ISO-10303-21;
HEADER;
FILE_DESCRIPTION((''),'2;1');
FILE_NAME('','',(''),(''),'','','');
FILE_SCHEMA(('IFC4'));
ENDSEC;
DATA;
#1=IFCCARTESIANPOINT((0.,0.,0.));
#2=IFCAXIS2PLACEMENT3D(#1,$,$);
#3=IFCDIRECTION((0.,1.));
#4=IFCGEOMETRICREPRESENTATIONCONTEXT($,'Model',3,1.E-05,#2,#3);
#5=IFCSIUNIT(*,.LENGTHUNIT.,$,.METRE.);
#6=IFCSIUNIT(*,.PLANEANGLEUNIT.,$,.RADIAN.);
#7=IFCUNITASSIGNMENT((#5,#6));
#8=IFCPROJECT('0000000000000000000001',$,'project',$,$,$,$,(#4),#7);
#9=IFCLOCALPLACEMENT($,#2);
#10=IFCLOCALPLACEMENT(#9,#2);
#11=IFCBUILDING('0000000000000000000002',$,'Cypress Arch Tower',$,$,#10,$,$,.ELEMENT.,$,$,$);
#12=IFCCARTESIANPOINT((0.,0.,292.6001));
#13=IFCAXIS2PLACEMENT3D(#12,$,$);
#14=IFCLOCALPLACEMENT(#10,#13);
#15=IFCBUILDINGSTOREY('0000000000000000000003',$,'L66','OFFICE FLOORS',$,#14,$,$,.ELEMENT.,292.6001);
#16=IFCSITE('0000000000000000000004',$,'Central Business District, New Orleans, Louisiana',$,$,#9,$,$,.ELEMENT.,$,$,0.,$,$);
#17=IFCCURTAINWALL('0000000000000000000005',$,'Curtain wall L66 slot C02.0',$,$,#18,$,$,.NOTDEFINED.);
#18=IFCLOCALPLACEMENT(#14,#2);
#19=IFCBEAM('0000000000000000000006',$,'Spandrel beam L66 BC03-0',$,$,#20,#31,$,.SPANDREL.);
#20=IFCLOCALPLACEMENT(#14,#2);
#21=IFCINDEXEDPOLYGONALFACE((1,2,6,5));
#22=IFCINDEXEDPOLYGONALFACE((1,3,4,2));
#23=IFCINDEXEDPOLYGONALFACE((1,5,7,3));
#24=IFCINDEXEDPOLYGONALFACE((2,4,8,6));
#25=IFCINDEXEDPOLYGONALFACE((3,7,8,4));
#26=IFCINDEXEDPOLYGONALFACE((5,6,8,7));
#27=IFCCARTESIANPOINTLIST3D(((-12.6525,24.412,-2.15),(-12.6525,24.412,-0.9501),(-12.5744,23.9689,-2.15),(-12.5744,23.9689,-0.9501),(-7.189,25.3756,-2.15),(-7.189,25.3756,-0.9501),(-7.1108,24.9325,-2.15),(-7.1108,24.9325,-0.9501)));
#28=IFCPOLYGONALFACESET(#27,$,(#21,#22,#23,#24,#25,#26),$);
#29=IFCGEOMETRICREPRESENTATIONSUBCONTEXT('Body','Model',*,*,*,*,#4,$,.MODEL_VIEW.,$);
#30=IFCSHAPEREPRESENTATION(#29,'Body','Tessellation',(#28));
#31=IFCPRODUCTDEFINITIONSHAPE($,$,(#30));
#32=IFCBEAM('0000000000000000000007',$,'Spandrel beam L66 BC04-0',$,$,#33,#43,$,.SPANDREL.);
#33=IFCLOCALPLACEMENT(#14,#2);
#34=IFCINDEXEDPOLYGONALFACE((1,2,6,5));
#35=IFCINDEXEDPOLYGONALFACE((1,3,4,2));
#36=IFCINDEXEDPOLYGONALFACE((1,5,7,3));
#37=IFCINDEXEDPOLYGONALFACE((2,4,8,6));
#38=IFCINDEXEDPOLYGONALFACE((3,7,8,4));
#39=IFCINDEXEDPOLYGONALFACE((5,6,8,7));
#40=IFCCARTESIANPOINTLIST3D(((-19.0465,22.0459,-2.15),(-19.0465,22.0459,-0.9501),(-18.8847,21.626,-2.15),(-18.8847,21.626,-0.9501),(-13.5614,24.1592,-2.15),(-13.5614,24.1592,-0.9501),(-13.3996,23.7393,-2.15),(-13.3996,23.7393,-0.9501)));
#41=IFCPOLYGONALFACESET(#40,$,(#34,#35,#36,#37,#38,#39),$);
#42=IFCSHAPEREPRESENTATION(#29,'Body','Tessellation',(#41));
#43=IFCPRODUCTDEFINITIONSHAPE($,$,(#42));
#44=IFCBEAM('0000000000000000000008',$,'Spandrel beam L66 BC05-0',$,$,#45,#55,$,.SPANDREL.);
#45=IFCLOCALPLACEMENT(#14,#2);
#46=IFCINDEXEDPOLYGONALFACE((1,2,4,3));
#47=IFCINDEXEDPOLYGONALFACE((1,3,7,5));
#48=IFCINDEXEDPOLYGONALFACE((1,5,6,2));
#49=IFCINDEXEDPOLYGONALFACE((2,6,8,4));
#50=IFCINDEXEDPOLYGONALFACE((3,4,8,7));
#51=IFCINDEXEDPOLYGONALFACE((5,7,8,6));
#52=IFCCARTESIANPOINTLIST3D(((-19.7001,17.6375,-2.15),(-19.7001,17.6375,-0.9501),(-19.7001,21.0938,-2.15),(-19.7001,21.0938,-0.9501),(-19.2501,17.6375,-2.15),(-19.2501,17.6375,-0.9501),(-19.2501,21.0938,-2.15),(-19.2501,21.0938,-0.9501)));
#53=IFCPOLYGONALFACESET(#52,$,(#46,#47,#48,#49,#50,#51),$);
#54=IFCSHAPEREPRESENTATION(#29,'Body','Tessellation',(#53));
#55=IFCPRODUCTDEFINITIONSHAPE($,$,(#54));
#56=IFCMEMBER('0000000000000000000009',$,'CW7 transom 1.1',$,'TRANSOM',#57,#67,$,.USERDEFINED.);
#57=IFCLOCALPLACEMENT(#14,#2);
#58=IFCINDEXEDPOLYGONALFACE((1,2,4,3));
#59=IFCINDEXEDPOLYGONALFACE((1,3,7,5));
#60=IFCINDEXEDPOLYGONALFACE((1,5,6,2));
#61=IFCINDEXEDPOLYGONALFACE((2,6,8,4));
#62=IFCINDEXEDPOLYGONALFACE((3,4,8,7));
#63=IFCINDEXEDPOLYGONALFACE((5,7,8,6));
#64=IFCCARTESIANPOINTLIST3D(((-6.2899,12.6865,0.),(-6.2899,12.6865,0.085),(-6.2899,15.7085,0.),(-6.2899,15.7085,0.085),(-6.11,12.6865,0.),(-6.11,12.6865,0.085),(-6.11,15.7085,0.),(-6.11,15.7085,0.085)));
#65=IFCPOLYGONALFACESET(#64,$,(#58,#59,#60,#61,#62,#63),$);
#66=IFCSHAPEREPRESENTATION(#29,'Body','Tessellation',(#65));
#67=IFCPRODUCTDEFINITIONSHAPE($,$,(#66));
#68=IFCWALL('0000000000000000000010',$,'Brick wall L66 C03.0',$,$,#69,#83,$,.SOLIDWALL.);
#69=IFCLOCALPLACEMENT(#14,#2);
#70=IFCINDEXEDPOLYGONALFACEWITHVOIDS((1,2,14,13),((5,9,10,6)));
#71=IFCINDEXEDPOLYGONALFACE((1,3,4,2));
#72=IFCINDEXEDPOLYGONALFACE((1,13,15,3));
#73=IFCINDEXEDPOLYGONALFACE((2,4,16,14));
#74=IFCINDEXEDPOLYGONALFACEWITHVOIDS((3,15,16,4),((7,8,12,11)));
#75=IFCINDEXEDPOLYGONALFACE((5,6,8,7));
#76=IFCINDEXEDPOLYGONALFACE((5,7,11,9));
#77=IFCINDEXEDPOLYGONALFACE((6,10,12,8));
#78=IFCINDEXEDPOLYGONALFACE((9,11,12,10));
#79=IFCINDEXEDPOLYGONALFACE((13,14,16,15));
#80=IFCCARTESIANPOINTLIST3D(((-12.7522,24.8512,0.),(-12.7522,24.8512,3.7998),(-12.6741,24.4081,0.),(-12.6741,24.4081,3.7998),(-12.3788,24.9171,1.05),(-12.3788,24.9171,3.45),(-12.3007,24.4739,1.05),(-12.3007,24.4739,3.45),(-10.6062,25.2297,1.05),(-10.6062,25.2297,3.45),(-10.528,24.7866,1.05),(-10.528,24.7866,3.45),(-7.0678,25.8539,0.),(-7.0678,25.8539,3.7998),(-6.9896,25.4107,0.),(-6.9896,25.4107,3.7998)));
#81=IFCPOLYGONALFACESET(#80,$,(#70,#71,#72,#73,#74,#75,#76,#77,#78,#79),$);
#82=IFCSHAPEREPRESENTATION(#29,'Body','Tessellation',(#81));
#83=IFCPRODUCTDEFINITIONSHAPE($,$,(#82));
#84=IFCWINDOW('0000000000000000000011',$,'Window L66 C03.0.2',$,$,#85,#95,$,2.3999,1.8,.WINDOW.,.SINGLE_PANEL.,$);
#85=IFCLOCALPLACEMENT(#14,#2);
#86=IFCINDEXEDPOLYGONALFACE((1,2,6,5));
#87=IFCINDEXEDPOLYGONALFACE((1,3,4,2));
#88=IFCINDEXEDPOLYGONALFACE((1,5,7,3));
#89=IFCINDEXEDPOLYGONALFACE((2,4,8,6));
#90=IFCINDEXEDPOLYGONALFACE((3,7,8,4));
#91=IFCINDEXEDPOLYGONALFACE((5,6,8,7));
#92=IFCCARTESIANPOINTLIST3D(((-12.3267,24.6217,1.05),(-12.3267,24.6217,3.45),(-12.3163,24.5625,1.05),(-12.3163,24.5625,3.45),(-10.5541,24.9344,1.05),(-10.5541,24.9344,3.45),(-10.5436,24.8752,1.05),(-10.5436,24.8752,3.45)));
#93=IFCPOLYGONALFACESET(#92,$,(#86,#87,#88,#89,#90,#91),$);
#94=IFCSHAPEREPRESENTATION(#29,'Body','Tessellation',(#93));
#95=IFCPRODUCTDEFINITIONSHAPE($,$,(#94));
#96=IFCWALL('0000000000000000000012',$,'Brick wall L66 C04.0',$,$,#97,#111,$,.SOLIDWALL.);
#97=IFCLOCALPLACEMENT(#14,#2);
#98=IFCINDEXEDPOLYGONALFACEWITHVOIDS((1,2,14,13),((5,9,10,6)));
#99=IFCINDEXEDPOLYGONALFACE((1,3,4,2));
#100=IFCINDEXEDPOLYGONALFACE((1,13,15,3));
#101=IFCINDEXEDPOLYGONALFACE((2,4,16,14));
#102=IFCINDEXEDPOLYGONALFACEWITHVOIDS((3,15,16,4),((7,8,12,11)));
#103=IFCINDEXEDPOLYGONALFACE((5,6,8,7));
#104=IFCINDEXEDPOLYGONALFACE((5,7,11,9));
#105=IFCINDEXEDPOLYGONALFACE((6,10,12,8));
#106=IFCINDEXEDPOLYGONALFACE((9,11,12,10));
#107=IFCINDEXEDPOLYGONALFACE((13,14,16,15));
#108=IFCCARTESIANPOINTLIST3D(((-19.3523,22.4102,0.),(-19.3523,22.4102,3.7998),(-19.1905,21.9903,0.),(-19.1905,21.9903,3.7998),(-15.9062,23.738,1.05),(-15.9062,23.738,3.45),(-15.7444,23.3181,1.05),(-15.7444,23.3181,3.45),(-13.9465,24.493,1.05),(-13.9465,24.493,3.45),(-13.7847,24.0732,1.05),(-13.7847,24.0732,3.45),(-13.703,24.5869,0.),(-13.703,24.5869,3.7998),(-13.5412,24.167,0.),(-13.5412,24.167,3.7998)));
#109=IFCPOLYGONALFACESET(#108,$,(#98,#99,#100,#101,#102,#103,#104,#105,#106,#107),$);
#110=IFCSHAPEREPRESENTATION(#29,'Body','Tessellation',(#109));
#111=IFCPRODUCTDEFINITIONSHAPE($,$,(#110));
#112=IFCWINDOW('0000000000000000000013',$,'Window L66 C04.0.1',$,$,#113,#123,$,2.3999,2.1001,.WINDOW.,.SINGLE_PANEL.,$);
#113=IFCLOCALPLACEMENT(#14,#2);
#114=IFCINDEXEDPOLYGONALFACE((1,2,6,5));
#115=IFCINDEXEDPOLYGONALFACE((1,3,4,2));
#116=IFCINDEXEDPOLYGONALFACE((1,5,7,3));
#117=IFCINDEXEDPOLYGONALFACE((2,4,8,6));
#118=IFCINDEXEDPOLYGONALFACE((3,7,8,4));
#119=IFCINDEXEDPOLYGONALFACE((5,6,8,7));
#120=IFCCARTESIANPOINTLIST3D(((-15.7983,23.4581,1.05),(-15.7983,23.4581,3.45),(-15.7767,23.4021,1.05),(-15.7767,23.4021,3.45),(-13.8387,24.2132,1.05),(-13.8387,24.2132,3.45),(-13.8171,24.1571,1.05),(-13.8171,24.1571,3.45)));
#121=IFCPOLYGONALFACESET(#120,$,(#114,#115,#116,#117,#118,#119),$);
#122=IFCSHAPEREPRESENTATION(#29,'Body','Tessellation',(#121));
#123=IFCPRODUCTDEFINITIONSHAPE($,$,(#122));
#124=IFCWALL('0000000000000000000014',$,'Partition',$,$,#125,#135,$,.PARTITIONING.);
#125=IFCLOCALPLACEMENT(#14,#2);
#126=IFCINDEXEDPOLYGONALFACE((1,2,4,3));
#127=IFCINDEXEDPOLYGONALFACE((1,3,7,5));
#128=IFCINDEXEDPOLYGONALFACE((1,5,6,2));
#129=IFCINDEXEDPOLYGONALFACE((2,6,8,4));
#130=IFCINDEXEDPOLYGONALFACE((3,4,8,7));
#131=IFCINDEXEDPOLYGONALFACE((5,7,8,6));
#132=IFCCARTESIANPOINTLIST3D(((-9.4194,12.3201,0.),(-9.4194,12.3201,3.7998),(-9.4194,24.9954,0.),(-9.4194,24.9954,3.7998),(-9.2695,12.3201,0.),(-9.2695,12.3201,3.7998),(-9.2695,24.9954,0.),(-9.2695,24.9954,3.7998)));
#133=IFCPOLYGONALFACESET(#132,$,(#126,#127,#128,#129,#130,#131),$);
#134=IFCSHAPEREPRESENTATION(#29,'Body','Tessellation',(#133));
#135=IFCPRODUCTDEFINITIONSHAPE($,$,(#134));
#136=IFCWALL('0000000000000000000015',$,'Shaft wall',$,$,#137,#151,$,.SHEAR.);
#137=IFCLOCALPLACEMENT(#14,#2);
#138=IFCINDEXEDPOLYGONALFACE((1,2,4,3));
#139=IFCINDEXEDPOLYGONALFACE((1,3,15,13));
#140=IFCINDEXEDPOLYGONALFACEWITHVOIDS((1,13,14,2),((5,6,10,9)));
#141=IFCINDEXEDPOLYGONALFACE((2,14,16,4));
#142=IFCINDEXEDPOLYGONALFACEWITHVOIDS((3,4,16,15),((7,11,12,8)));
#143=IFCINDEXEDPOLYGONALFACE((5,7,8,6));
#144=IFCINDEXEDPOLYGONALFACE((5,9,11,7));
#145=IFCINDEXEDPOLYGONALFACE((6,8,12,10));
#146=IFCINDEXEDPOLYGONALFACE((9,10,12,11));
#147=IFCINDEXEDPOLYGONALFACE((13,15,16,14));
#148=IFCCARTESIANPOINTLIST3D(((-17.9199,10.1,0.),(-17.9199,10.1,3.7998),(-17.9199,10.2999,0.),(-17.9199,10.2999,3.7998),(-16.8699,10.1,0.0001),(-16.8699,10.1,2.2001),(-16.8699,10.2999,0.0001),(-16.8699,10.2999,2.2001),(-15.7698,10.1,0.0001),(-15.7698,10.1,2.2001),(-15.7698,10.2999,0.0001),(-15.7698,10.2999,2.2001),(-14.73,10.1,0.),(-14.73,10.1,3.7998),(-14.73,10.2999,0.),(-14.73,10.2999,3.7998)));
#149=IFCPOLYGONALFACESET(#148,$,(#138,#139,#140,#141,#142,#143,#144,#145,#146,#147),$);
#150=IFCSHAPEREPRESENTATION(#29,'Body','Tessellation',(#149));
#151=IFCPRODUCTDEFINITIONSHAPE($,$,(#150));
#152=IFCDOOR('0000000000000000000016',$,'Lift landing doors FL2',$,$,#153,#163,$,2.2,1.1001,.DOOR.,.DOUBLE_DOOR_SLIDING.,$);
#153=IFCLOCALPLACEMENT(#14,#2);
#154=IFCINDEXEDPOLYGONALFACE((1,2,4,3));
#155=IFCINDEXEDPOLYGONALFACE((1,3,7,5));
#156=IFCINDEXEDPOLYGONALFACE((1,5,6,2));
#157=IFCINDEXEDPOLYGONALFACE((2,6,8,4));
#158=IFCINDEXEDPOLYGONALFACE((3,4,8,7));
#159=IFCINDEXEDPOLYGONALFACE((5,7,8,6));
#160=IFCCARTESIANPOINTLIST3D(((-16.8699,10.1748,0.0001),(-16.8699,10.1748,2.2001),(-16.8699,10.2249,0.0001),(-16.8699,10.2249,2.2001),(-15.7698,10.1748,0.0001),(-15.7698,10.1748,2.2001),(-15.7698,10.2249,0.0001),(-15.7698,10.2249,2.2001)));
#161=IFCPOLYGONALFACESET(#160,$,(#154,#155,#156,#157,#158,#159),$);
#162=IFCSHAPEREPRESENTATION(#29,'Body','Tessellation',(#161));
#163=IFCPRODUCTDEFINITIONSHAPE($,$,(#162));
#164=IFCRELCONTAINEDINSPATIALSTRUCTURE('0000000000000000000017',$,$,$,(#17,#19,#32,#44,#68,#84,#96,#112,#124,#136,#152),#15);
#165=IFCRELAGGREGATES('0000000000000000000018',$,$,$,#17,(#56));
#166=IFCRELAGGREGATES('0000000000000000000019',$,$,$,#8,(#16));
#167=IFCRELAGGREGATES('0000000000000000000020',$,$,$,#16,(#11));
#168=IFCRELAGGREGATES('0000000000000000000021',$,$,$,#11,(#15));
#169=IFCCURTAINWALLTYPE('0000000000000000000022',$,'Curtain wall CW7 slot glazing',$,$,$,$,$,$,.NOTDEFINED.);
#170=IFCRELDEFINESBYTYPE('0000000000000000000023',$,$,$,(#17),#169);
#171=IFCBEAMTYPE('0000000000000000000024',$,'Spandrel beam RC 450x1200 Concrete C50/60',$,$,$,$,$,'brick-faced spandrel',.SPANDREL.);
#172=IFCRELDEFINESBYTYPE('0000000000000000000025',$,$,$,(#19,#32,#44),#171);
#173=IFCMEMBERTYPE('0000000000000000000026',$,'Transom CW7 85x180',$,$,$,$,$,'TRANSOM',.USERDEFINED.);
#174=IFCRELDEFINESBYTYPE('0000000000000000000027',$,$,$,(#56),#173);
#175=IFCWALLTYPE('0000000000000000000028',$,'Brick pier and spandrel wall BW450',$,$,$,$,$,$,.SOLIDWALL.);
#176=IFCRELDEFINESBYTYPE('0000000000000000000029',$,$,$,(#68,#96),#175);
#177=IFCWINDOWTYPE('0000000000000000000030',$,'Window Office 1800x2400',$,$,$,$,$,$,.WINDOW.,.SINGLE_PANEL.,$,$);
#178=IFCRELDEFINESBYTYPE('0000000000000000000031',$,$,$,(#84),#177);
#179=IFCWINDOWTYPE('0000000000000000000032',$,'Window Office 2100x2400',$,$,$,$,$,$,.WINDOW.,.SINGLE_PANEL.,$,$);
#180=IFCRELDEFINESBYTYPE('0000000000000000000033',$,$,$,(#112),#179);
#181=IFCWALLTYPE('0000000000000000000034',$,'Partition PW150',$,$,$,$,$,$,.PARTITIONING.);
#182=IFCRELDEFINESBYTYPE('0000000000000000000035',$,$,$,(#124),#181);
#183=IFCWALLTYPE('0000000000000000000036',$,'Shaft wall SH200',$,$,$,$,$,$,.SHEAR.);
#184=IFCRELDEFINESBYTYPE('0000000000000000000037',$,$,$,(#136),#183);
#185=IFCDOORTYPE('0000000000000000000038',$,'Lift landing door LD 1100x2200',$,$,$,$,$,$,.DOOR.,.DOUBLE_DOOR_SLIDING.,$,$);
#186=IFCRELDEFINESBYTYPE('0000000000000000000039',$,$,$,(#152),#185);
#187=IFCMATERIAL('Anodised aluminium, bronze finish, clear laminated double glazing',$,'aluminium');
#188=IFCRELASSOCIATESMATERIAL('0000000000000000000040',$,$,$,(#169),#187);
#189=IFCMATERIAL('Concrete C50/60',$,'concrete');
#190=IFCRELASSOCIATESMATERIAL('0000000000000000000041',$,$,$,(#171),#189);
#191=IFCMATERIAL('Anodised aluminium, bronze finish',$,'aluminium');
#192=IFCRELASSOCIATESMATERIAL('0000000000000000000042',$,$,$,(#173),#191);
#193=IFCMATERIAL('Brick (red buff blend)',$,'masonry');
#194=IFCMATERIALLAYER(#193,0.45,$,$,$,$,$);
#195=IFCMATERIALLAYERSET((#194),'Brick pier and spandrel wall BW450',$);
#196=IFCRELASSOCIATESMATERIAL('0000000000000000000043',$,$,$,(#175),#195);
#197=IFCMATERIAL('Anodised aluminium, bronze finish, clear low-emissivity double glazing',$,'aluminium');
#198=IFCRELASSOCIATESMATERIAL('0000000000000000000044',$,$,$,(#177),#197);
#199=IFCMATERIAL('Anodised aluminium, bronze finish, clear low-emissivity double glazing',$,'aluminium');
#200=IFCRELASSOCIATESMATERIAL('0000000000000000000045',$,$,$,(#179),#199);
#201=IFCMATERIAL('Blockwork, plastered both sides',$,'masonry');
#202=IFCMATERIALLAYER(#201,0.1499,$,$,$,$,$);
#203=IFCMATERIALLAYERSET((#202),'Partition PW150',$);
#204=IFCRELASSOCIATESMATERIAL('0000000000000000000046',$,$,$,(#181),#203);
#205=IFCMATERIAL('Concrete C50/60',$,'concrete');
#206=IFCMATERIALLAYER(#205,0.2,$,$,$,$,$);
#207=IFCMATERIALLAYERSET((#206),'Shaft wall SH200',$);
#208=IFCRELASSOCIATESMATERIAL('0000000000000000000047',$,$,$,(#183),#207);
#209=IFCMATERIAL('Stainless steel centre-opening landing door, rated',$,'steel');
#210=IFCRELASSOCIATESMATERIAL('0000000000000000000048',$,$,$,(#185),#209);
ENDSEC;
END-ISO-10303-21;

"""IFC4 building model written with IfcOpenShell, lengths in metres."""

from ifc_helpers import new_model, si_unit, direction, frame, frame_2d, origin, origin_2d, place, context, subcontext, project, spatial, rectangle, extrude, material, layer, layer_set, material_profile, profile_set, type_object, element, fill, aggregate, save


model = new_model("IFC4")

# Units and contexts
model_context = context("Model", 3, precision=1e-05, world=origin(), true_north=direction((0.0, 1.0)))
body_context = subcontext(model_context, "Body", "Model", "MODEL_VIEW")
ifc_project = project(units=[si_unit("LENGTHUNIT", "METRE"), si_unit("PLANEANGLEUNIT", "RADIAN")], contexts=[model_context])

# Site, building, storey
site_placement = place(None, origin())
site = spatial("IfcSite", under=ifc_project, at=site_placement, Name="Central Business District, New Orleans, Louisiana", CompositionType="ELEMENT", RefElevation=0.0)
building_placement = place(site_placement, origin())
building = spatial("IfcBuilding", under=site, at=building_placement, Name="Cypress Arch Tower", CompositionType="ELEMENT")
storey_placement = place(building_placement, frame((0.0, 0.0, 292.6001)))
storey = spatial("IfcBuildingStorey", under=building, at=storey_placement, Name="L66", Description="OFFICE FLOORS", CompositionType="ELEMENT", Elevation=292.6001)

# Curtain wall
ifc_material_1 = material(Name="Anodised aluminium, bronze finish, clear laminated double glazing", Category="aluminium")
curtain_wall_type = type_object("IfcCurtainWallType", Name="Curtain wall CW7 slot glazing", PredefinedType="NOTDEFINED", material=ifc_material_1)
curtain_wall_placement = place(storey_placement, origin())
curtain_wall = element("IfcCurtainWall", 1, at=curtain_wall_placement, inside=storey, type_object=curtain_wall_type, Name="Curtain wall L66 slot C02.0", PredefinedType="NOTDEFINED")

# Beams
ifc_material_2 = material(Name="Concrete C50/60", Category="concrete")
ifc_material_profile_1 = material_profile(ifc_material_2, rectangle(XDim=0.45, YDim=1.2, at=origin_2d()), Name="RC 450x1200")
ifc_profile_set_1 = profile_set([ifc_material_profile_1], Name="Concrete C50/60")
beam_type_1 = type_object("IfcBeamType", Name="Spandrel beam RC 450x1200 Concrete C50/60", ElementType="brick-faced spandrel", PredefinedType="SPANDREL", material=ifc_profile_set_1)
beam_1_placement = place(storey_placement, frame((-7.1499, 25.1541, -1.55), z_axis=(-0.9848, -0.17369, 0.0), x_axis=(0.17369, -0.9848, 0.0)))
element("IfcBeam", 2, at=beam_1_placement, inside=storey, type_object=beam_type_1, Name="Spandrel beam L66 BC03-0", PredefinedType="SPANDREL", context=body_context, shape_type="SweptSolid", body=[
    extrude(rectangle(XDim=0.45, YDim=1.2, at=origin_2d()), origin(), (0.0, 0.0, 1.0), 5.5479),
])
beam_2_placement = place(storey_placement, frame((-13.4805, 23.9492, -1.55), z_axis=(-0.933139, -0.359516, 0.0), x_axis=(0.359516, -0.933139, 0.0)))
element("IfcBeam", 3, at=beam_2_placement, inside=storey, type_object=beam_type_1, Name="Spandrel beam L66 BC04-0", PredefinedType="SPANDREL", context=body_context, shape_type="SweptSolid", body=[
    extrude(rectangle(XDim=0.45, YDim=1.2, at=origin_2d()), origin(), (0.0, 0.0, 1.0), 5.8782),
])
beam_3_placement = place(storey_placement, frame((-19.4751, 21.0938, -1.55), z_axis=(0.0, -1.0, 0.0), x_axis=(1.0, 0.0, 0.0)))
element("IfcBeam", 4, at=beam_3_placement, inside=storey, type_object=beam_type_1, Name="Spandrel beam L66 BC05-0", PredefinedType="SPANDREL", context=body_context, shape_type="SweptSolid", body=[
    extrude(rectangle(XDim=0.45, YDim=1.2, at=origin_2d()), origin(), (0.0, 0.0, 1.0), 3.4563),
])

# Member
ifc_material_3 = material(Name="Anodised aluminium, bronze finish", Category="aluminium")
ifc_material_profile_2 = material_profile(ifc_material_3, rectangle(XDim=0.1799, YDim=0.085, at=origin_2d()), Name="Transom 85x180")
ifc_profile_set_2 = profile_set([ifc_material_profile_2], Name="Anodised aluminium, bronze finish")
member_type_1 = type_object("IfcMemberType", Name="Transom CW7 85x180", ElementType="TRANSOM", PredefinedType="USERDEFINED", material=ifc_profile_set_2)
member_1_placement = place(storey_placement, frame((-6.2, 12.6865, 0.0425), z_axis=(0.0, 1.0, 0.0), x_axis=(-1.0, 0.0, 0.0)))
member_1 = element("IfcMember", 5, at=member_1_placement, type_object=member_type_1, Name="CW7 transom 1.1", ObjectType="TRANSOM", PredefinedType="USERDEFINED", context=body_context, shape_type="SweptSolid", body=[
    extrude(rectangle(XDim=0.1799, YDim=0.085, at=origin_2d()), origin(), (0.0, 0.0, 1.0), 3.022),
])
aggregate(curtain_wall, [member_1])

# Walls, openings, windows
ifc_material_4 = material(Name="Brick (red buff blend)", Category="masonry")
ifc_layer_1 = layer(ifc_material_4, 0.45)
ifc_layer_set_1 = layer_set([ifc_layer_1], Name="Brick pier and spandrel wall BW450")
wall_type_1 = type_object("IfcWallType", Name="Brick pier and spandrel wall BW450", PredefinedType="SOLIDWALL", material=ifc_layer_set_1)
wall_1_placement = place(storey_placement, frame((-7.0286, 25.6323, 0.0), z_axis=(0.0, 0.0, 1.0), x_axis=(-0.984798, -0.173706, 0.0)))
wall_1 = element("IfcWall", 6, at=wall_1_placement, inside=storey, type_object=wall_type_1, Name="Brick wall L66 C03.0", PredefinedType="SOLIDWALL", context=body_context, shape_type="SweptSolid", body=[
    extrude(rectangle(XDim=5.7722, YDim=0.45, at=frame_2d((2.8862, 0.0))), origin(), (0.0, 0.0, 1.0), 3.7998),
])
opening_1_placement = place(wall_1_placement, frame((3.5933, 0.0, 1.05)))
opening_1 = element("IfcOpeningElement", 7, at=opening_1_placement, cuts=wall_1, PredefinedType="OPENING", context=body_context, shape_type="SweptSolid", body=[
    extrude(rectangle(XDim=1.8, YDim=2.3999, at=frame_2d((0.8999, 1.2))), frame((0.0, 0.2349, 0.0), z_axis=(0.0, -1.0, 0.0), x_axis=(1.0, 0.0, 0.0)), (0.0, 0.0, 1.0), 0.47),
])
ifc_material_5 = material(Name="Anodised aluminium, bronze finish, clear low-emissivity double glazing", Category="aluminium")
window_type_1 = type_object("IfcWindowType", Name="Window Office 1800x2400", PartitioningType="SINGLE_PANEL", PredefinedType="WINDOW", material=ifc_material_5)
window_1_placement = place(opening_1_placement, origin())
window_1 = element("IfcWindow", 8, at=window_1_placement, inside=storey, type_object=window_type_1, Name="Window L66 C03.0.2", OverallHeight=2.3999, OverallWidth=1.8, PartitioningType="SINGLE_PANEL", PredefinedType="WINDOW", context=body_context, shape_type="SweptSolid", body=[
    extrude(rectangle(XDim=1.8, YDim=2.3999, at=frame_2d((0.8999, 1.2))), frame((0.0, 0.135, 0.0), z_axis=(0.0, -1.0, 0.0), x_axis=(1.0, 0.0, 0.0)), (0.0, 0.0, 1.0), 0.0601),
])
fill(opening_1, window_1)
wall_2_placement = place(storey_placement, frame((-13.6221, 24.377, 0.0), z_axis=(0.0, 0.0, 1.0), x_axis=(-0.933129, -0.359541, 0.0)))
wall_2 = element("IfcWall", 9, at=wall_2_placement, inside=storey, type_object=wall_type_1, Name="Brick wall L66 C04.0", PredefinedType="SOLIDWALL", context=body_context, shape_type="SweptSolid", body=[
    extrude(rectangle(XDim=6.0542, YDim=0.45, at=frame_2d((3.0271, 0.0))), origin(), (0.0, 0.0, 1.0), 3.7998),
])
opening_2_placement = place(wall_2_placement, frame((0.261, 0.0, 1.05)))
opening_2 = element("IfcOpeningElement", 10, at=opening_2_placement, cuts=wall_2, PredefinedType="OPENING", context=body_context, shape_type="SweptSolid", body=[
    extrude(rectangle(XDim=2.1001, YDim=2.3999, at=frame_2d((1.05, 1.2))), frame((0.0, 0.2349, 0.0), z_axis=(0.0, -1.0, 0.0), x_axis=(1.0, 0.0, 0.0)), (0.0, 0.0, 1.0), 0.47),
])
ifc_material_6 = material(Name="Anodised aluminium, bronze finish, clear low-emissivity double glazing", Category="aluminium")
window_type_2 = type_object("IfcWindowType", Name="Window Office 2100x2400", PartitioningType="SINGLE_PANEL", PredefinedType="WINDOW", material=ifc_material_6)
window_2_placement = place(opening_2_placement, origin())
window_2 = element("IfcWindow", 11, at=window_2_placement, inside=storey, type_object=window_type_2, Name="Window L66 C04.0.1", OverallHeight=2.3999, OverallWidth=2.1001, PartitioningType="SINGLE_PANEL", PredefinedType="WINDOW", context=body_context, shape_type="SweptSolid", body=[
    extrude(rectangle(XDim=2.1001, YDim=2.3999, at=frame_2d((1.05, 1.2))), frame((0.0, 0.135, 0.0), z_axis=(0.0, -1.0, 0.0), x_axis=(1.0, 0.0, 0.0)), (0.0, 0.0, 1.0), 0.0601),
])
fill(opening_2, window_2)

# Wall
ifc_material_7 = material(Name="Blockwork, plastered both sides", Category="masonry")
ifc_layer_2 = layer(ifc_material_7, 0.1499)
ifc_layer_set_2 = layer_set([ifc_layer_2], Name="Partition PW150")
wall_type_2 = type_object("IfcWallType", Name="Partition PW150", PredefinedType="PARTITIONING", material=ifc_layer_set_2)
wall_3_placement = place(storey_placement, frame((-9.3445, 12.3201, 0.0), z_axis=(0.0, 0.0, 1.0), x_axis=(0.0, 1.0, 0.0)))
element("IfcWall", 12, at=wall_3_placement, inside=storey, type_object=wall_type_2, Name="Partition", PredefinedType="PARTITIONING", context=body_context, shape_type="SweptSolid", body=[
    extrude(rectangle(XDim=12.6753, YDim=0.1499, at=frame_2d((6.3376, 0.0))), origin(), (0.0, 0.0, 1.0), 3.7998),
])

# Wall, opening, door
ifc_material_8 = material(Name="Concrete C50/60", Category="concrete")
ifc_layer_3 = layer(ifc_material_8, 0.2)
ifc_layer_set_3 = layer_set([ifc_layer_3], Name="Shaft wall SH200")
wall_type_3 = type_object("IfcWallType", Name="Shaft wall SH200", PredefinedType="SHEAR", material=ifc_layer_set_3)
wall_4_placement = place(storey_placement, frame((-17.9199, 10.2, 0.0), z_axis=(0.0, 0.0, 1.0), x_axis=(1.0, 0.0, 0.0)))
wall_4 = element("IfcWall", 13, at=wall_4_placement, inside=storey, type_object=wall_type_3, Name="Shaft wall", PredefinedType="SHEAR", context=body_context, shape_type="SweptSolid", body=[
    extrude(rectangle(XDim=3.1899, YDim=0.2, at=frame_2d((1.595, 0.0))), origin(), (0.0, 0.0, 1.0), 3.7998),
])
opening_3_placement = place(wall_4_placement, frame((1.05, 0.0, 0.0)))
opening_3 = element("IfcOpeningElement", 14, at=opening_3_placement, cuts=wall_4, PredefinedType="OPENING", context=body_context, shape_type="SweptSolid", body=[
    extrude(rectangle(XDim=1.1001, YDim=2.2, at=frame_2d((0.55, 1.1001))), frame((0.0, 0.1099, 0.0), z_axis=(0.0, -1.0, 0.0), x_axis=(1.0, 0.0, 0.0)), (0.0, 0.0, 1.0), 0.22),
])
ifc_material_9 = material(Name="Stainless steel centre-opening landing door, rated", Category="steel")
door_type_1 = type_object("IfcDoorType", Name="Lift landing door LD 1100x2200", OperationType="DOUBLE_DOOR_SLIDING", PredefinedType="DOOR", material=ifc_material_9)
door_1_placement = place(opening_3_placement, origin())
door_1 = element("IfcDoor", 15, at=door_1_placement, inside=storey, type_object=door_type_1, Name="Lift landing doors FL2", OperationType="DOUBLE_DOOR_SLIDING", OverallHeight=2.2, OverallWidth=1.1001, PredefinedType="DOOR", context=body_context, shape_type="SweptSolid", body=[
    extrude(rectangle(XDim=1.1001, YDim=2.2, at=frame_2d((0.55, 1.1001))), frame((0.0, 0.0249, 0.0), z_axis=(0.0, -1.0, 0.0), x_axis=(1.0, 0.0, 0.0)), (0.0, 0.0, 1.0), 0.05),
])
fill(opening_3, door_1)

save(model, "model.ifc")
